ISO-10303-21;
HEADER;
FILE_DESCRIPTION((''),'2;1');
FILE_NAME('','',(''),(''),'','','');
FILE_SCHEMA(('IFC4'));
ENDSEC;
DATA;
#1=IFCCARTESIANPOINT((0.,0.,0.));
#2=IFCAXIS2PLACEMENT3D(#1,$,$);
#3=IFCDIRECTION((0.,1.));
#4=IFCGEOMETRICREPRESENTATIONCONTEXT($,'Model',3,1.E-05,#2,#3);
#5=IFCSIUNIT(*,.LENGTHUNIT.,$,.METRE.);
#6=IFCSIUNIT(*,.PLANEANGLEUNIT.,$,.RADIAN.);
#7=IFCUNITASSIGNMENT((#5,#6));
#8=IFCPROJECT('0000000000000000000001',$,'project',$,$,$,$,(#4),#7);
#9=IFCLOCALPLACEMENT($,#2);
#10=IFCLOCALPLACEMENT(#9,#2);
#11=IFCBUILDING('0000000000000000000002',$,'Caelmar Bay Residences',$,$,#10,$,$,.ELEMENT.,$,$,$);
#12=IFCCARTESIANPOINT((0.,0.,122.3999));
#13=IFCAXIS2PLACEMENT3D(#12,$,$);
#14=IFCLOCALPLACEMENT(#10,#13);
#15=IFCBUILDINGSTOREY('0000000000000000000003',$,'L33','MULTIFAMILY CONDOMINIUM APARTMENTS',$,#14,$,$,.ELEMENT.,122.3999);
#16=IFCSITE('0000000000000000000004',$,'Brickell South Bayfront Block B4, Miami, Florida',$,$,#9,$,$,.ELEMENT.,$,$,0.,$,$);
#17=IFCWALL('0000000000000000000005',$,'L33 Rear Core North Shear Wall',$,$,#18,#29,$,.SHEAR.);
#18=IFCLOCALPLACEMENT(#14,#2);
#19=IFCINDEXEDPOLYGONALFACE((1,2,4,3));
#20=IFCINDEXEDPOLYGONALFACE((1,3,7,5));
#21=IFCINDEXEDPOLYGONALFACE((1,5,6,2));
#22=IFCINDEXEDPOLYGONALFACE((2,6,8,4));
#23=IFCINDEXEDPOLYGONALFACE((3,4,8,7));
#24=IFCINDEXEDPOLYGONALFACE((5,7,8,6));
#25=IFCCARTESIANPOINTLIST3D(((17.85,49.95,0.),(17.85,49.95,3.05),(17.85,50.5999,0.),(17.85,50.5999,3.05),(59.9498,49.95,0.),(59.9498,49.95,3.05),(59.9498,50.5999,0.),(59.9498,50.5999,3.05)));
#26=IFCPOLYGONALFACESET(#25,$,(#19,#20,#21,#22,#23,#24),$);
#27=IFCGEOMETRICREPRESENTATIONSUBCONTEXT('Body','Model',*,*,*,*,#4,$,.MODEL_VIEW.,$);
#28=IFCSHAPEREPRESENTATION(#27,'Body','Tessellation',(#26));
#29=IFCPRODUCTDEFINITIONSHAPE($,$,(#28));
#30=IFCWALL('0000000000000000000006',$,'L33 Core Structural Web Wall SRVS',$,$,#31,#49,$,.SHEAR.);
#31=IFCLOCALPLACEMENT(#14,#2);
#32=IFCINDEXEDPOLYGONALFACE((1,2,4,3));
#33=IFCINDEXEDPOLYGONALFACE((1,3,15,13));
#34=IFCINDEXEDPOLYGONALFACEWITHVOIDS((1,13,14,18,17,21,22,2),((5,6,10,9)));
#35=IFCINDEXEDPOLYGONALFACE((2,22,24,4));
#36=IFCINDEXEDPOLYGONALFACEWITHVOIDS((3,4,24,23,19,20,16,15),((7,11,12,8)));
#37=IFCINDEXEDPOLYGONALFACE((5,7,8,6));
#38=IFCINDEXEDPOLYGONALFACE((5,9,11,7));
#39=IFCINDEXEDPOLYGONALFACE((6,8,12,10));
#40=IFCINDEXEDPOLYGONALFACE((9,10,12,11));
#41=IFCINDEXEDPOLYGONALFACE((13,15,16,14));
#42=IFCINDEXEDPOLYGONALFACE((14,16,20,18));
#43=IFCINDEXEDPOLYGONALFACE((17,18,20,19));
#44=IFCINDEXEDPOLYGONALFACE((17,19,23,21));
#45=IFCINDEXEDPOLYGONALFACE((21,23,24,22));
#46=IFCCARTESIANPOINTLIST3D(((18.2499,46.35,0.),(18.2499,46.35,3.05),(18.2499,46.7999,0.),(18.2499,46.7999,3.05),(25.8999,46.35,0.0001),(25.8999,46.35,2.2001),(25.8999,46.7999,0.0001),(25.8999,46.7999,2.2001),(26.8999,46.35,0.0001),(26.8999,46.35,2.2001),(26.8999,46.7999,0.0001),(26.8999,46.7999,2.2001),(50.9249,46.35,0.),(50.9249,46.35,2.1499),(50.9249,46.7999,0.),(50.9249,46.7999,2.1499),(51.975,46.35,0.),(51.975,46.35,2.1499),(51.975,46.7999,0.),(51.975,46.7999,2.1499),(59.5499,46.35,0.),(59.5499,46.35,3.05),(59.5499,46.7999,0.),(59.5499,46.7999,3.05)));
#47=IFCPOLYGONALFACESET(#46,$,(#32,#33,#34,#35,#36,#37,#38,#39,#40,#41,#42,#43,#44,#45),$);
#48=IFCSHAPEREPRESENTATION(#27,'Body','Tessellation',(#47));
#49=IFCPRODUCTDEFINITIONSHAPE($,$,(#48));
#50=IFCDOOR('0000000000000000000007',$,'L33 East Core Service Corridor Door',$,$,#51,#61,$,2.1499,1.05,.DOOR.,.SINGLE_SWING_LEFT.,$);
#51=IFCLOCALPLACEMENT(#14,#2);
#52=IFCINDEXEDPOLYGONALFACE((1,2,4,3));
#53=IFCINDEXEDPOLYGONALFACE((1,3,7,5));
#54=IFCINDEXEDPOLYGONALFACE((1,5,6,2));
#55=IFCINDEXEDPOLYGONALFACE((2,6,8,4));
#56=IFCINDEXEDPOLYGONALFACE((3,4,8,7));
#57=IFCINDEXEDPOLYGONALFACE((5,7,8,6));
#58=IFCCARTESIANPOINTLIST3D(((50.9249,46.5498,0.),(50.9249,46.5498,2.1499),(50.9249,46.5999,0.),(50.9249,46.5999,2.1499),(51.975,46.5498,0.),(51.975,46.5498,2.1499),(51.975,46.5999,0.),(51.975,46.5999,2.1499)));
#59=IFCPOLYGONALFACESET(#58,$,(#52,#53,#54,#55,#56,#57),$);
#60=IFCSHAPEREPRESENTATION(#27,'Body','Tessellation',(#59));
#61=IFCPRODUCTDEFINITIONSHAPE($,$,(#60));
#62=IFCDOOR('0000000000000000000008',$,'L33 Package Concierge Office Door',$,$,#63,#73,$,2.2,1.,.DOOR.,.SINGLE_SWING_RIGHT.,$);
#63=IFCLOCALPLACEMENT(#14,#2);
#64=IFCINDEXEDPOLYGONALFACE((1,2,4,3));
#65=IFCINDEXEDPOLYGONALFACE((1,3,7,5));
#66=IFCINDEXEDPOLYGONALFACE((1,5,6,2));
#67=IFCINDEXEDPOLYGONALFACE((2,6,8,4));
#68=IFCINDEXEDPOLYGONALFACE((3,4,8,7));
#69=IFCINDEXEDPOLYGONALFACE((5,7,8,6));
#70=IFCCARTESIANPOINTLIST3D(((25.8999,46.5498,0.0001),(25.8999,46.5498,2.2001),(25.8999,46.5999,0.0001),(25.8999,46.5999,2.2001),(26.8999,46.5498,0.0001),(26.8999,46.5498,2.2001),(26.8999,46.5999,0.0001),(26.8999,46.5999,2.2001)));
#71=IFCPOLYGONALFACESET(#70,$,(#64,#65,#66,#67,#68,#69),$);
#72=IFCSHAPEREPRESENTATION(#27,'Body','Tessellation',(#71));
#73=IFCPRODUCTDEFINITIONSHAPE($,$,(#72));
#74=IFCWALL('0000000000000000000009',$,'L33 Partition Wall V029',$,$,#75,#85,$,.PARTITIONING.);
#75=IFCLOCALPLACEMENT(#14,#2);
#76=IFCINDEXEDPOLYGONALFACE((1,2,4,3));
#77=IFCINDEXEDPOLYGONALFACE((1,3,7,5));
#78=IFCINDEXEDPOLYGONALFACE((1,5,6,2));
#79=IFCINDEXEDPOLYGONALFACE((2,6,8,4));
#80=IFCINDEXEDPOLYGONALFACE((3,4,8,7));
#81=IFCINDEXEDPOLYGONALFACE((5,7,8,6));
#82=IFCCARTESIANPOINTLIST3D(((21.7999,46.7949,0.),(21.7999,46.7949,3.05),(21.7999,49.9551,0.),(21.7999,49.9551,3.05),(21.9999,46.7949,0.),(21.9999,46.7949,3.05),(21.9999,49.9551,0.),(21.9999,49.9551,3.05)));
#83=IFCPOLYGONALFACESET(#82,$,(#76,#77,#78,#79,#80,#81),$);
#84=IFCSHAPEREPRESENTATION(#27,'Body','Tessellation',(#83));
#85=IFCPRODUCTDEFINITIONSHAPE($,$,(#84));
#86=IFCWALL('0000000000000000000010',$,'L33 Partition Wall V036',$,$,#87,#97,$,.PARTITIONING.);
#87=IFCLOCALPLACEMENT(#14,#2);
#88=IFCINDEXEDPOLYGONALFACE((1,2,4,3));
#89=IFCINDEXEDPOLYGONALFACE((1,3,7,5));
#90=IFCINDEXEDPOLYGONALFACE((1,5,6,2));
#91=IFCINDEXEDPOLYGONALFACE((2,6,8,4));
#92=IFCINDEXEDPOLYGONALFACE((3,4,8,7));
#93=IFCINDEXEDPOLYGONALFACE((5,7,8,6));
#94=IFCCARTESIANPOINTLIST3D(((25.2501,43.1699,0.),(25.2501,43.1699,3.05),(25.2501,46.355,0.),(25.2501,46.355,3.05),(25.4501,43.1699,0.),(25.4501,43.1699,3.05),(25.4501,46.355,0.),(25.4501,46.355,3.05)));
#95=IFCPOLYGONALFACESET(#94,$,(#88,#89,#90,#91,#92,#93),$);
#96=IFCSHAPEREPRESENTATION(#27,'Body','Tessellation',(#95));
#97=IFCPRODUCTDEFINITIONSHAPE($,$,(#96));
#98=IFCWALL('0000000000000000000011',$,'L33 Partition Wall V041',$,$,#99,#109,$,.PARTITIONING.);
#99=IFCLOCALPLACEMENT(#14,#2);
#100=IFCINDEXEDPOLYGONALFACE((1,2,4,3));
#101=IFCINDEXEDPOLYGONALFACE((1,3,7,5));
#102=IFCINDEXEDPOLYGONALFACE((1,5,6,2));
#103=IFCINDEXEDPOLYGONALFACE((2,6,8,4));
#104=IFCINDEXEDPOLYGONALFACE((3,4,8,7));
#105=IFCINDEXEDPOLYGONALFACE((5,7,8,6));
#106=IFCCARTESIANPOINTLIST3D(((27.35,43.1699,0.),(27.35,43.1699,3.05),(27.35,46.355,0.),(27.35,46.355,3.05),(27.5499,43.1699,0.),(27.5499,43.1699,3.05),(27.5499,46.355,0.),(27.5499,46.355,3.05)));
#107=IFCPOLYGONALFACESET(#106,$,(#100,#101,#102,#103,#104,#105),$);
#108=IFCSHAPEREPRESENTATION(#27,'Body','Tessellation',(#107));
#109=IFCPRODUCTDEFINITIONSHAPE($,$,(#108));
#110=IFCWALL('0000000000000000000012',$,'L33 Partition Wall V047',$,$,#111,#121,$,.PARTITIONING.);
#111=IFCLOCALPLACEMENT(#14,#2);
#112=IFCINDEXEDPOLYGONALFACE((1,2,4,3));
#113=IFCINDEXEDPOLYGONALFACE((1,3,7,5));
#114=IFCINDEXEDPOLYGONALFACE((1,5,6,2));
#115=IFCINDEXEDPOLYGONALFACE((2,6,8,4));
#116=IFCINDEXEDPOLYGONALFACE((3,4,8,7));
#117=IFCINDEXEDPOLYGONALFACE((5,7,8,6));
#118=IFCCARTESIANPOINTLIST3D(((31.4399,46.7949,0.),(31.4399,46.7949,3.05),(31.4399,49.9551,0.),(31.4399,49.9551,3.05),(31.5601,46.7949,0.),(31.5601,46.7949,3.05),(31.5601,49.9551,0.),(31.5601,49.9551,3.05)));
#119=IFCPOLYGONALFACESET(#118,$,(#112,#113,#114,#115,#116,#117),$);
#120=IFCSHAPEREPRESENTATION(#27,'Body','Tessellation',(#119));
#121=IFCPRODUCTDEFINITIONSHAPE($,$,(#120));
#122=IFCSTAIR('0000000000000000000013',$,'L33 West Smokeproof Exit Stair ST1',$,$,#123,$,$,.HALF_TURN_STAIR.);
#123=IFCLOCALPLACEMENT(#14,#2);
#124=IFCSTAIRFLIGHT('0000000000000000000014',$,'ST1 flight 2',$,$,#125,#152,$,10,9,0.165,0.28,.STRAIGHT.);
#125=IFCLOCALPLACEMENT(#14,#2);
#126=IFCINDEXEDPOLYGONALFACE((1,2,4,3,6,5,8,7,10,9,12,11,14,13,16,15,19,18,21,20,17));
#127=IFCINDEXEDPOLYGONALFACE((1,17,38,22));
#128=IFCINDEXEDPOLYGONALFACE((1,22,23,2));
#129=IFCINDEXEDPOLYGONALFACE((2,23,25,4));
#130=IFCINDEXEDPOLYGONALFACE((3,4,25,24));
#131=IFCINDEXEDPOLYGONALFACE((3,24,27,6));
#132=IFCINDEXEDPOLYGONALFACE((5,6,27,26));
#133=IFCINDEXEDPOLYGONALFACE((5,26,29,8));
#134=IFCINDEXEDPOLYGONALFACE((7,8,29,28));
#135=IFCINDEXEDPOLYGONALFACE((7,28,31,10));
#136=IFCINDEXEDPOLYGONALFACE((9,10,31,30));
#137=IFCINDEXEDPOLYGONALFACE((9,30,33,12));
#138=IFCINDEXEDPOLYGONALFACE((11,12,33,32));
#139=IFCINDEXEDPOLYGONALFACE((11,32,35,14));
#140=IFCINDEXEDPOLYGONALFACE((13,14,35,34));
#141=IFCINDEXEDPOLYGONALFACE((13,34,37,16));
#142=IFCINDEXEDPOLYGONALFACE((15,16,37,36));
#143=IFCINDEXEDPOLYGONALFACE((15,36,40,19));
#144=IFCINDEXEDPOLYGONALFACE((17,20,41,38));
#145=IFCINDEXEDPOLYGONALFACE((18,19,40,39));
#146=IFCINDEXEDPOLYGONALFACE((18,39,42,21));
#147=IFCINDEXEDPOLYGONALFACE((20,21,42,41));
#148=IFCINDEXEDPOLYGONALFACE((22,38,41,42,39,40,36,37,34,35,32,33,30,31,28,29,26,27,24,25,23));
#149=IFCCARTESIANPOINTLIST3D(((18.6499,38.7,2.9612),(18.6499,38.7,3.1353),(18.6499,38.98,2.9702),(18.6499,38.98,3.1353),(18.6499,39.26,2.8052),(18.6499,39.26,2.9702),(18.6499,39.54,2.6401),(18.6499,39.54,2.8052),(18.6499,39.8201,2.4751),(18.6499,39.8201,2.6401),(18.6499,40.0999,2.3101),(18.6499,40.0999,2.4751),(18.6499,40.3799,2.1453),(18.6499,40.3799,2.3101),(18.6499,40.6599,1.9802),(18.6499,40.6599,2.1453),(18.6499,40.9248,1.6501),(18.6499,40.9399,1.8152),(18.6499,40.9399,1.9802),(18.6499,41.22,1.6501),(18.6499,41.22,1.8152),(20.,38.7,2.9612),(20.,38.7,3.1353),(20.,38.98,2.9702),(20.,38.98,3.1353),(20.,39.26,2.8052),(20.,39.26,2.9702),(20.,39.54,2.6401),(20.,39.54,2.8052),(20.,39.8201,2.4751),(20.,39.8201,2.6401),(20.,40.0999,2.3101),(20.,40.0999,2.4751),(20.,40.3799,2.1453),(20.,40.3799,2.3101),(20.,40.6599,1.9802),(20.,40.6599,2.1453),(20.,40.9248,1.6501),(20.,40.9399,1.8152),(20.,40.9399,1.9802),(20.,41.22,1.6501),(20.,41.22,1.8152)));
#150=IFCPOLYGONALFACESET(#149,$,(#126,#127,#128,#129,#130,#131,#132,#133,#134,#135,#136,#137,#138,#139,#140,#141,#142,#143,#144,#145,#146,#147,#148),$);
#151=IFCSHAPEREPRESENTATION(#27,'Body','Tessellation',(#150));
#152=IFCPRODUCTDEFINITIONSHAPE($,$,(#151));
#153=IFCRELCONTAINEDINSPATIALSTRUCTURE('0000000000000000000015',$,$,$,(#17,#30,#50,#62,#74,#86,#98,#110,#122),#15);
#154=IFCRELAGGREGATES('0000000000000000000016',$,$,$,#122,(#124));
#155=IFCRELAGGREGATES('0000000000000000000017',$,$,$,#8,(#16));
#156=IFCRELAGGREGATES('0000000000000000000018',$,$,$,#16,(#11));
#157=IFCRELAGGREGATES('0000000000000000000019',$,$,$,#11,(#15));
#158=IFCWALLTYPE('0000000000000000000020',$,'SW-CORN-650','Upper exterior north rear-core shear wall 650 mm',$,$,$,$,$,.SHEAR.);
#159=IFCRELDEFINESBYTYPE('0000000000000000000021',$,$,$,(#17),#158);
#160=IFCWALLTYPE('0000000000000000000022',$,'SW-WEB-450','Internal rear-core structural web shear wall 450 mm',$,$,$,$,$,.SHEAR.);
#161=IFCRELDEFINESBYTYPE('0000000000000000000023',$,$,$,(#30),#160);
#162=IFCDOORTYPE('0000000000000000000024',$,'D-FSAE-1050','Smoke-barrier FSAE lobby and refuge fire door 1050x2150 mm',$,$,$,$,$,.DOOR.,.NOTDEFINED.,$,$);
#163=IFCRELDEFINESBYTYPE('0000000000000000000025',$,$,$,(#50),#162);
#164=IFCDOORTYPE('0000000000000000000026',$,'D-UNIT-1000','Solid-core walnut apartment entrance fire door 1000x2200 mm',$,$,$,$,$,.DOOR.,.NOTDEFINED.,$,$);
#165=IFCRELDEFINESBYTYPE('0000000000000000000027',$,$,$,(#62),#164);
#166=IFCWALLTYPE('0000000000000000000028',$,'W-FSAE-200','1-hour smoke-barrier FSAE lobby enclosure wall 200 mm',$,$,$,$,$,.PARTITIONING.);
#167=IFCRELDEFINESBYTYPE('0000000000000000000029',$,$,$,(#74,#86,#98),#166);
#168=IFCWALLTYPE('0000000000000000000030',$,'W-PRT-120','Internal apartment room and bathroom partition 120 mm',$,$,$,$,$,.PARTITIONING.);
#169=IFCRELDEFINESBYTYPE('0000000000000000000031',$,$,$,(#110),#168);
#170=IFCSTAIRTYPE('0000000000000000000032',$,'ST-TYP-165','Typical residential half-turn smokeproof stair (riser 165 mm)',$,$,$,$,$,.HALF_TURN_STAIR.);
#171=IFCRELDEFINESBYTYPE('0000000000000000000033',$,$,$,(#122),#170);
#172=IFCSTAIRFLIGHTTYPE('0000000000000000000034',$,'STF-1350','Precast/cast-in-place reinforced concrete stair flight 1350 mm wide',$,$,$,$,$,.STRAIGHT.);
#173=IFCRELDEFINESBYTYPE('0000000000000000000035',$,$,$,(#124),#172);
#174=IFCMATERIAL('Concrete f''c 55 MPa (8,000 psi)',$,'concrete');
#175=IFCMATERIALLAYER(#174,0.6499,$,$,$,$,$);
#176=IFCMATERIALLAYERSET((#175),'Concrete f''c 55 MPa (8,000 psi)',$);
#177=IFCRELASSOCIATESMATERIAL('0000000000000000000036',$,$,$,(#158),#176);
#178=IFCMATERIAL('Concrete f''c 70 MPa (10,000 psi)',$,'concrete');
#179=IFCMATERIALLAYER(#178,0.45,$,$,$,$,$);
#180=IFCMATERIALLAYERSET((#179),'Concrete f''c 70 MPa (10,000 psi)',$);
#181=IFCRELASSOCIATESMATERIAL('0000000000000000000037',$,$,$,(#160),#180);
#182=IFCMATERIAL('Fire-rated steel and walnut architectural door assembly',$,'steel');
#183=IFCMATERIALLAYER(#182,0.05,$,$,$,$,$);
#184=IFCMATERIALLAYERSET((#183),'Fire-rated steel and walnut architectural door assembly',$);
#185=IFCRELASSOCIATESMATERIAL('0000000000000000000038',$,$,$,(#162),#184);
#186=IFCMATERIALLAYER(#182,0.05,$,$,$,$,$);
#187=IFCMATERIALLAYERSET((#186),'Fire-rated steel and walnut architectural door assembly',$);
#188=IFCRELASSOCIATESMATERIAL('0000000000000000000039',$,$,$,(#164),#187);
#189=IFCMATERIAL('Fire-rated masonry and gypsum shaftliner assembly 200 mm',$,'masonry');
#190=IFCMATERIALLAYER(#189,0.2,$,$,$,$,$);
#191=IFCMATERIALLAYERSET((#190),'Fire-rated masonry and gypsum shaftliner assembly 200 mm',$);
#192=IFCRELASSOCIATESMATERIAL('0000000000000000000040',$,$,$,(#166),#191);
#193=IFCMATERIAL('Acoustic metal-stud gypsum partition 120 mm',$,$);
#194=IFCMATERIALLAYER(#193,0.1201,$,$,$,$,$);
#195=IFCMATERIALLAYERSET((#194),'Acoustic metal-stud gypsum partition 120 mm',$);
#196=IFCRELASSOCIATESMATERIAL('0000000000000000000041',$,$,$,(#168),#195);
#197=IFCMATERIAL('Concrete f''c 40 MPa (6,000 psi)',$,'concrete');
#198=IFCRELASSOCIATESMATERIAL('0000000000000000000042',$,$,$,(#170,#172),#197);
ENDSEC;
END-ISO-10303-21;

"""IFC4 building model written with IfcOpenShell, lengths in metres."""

from ifc_helpers import new_model, si_unit, direction, frame, frame_2d, origin, place, context, subcontext, project, spatial, polyline, rectangle, outline, extrude, material, layer, layer_set, type_object, element, fill, aggregate, save


model = new_model("IFC4")

# Units and contexts
model_context = context("Model", 3, precision=1e-05, world=origin(), true_north=direction((0.0, 1.0)))
body_context = subcontext(model_context, "Body", "Model", "MODEL_VIEW")
ifc_project = project(units=[si_unit("LENGTHUNIT", "METRE"), si_unit("PLANEANGLEUNIT", "RADIAN")], contexts=[model_context])

# Site, building, storey
site_placement = place(None, origin())
site = spatial("IfcSite", under=ifc_project, at=site_placement, Name="Brickell South Bayfront Block B4, Miami, Florida", CompositionType="ELEMENT", RefElevation=0.0)
building_placement = place(site_placement, origin())
building = spatial("IfcBuilding", under=site, at=building_placement, Name="Caelmar Bay Residences", CompositionType="ELEMENT")
storey_placement = place(building_placement, frame((0.0, 0.0, 122.3999)))
storey = spatial("IfcBuildingStorey", under=building, at=storey_placement, Name="L33", Description="MULTIFAMILY CONDOMINIUM APARTMENTS", CompositionType="ELEMENT", Elevation=122.3999)

# Wall
ifc_material_1 = material(Name="Concrete f'c 55 MPa (8,000 psi)", Category="concrete")
ifc_layer_1 = layer(ifc_material_1, 0.6499)
ifc_layer_set_1 = layer_set([ifc_layer_1], Name="Concrete f'c 55 MPa (8,000 psi)")
wall_type_1 = type_object("IfcWallType", Name="SW-CORN-650", Description="Upper exterior north rear-core shear wall 650 mm", PredefinedType="SHEAR", material=ifc_layer_set_1)
wall_1_placement = place(storey_placement, frame((17.8501, 50.2749, 0.0), z_axis=(0.0, 0.0, 1.0), x_axis=(1.0, 0.0, 0.0)))
element("IfcWall", 1, at=wall_1_placement, inside=storey, type_object=wall_type_1, Name="L33 Rear Core North Shear Wall", PredefinedType="SHEAR", context=body_context, shape_type="SweptSolid", body=[
    extrude(rectangle(XDim=42.0999, YDim=0.6499, at=frame_2d((21.0498, 0.0))), origin(), (0.0, 0.0, 1.0), 3.05),
])

# Wall, openings, doors
ifc_material_2 = material(Name="Concrete f'c 70 MPa (10,000 psi)", Category="concrete")
ifc_layer_2 = layer(ifc_material_2, 0.45)
ifc_layer_set_2 = layer_set([ifc_layer_2], Name="Concrete f'c 70 MPa (10,000 psi)")
wall_type_2 = type_object("IfcWallType", Name="SW-WEB-450", Description="Internal rear-core structural web shear wall 450 mm", PredefinedType="SHEAR", material=ifc_layer_set_2)
ifc_material_3 = material(Name="Fire-rated steel and walnut architectural door assembly", Category="steel")
ifc_layer_3 = layer(ifc_material_3, 0.05)
ifc_layer_set_3 = layer_set([ifc_layer_3], Name="Fire-rated steel and walnut architectural door assembly")
door_type_1 = type_object("IfcDoorType", Name="D-FSAE-1050", Description="Smoke-barrier FSAE lobby and refuge fire door 1050x2150 mm", OperationType="NOTDEFINED", PredefinedType="DOOR", material=ifc_layer_set_3)
ifc_layer_4 = layer(ifc_material_3, 0.05)
ifc_layer_set_4 = layer_set([ifc_layer_4], Name="Fire-rated steel and walnut architectural door assembly")
door_type_2 = type_object("IfcDoorType", Name="D-UNIT-1000", Description="Solid-core walnut apartment entrance fire door 1000x2200 mm", OperationType="NOTDEFINED", PredefinedType="DOOR", material=ifc_layer_set_4)
wall_2_placement = place(storey_placement, frame((18.25, 46.575, 0.0), z_axis=(0.0, 0.0, 1.0), x_axis=(1.0, 0.0, 0.0)))
wall_2 = element("IfcWall", 2, at=wall_2_placement, inside=storey, type_object=wall_type_2, Name="L33 Core Structural Web Wall SRVS", PredefinedType="SHEAR", context=body_context, shape_type="SweptSolid", body=[
    extrude(rectangle(XDim=41.3, YDim=0.45, at=frame_2d((20.6499, 0.0))), origin(), (0.0, 0.0, 1.0), 3.05),
])
opening_1_placement = place(wall_2_placement, frame((7.6499, 0.0, 0.0)))
opening_1 = element("IfcOpeningElement", 3, at=opening_1_placement, cuts=wall_2, PredefinedType="OPENING", context=body_context, shape_type="SweptSolid", body=[
    extrude(rectangle(XDim=1.0, YDim=2.2, at=frame_2d((0.5, 1.1001))), frame((0.0, 0.2349, 0.0), z_axis=(0.0, -1.0, 0.0), x_axis=(1.0, 0.0, 0.0)), (0.0, 0.0, 1.0), 0.47),
])
opening_2_placement = place(wall_2_placement, frame((32.675, 0.0, 0.0)))
opening_2 = element("IfcOpeningElement", 4, at=opening_2_placement, cuts=wall_2, PredefinedType="OPENING", context=body_context, shape_type="SweptSolid", body=[
    extrude(rectangle(XDim=1.05, YDim=2.1499, at=frame_2d((0.5249, 1.075))), frame((0.0, 0.2349, 0.0), z_axis=(0.0, -1.0, 0.0), x_axis=(1.0, 0.0, 0.0)), (0.0, 0.0, 1.0), 0.47),
])
door_1_placement = place(opening_2_placement, origin())
door_1 = element("IfcDoor", 5, at=door_1_placement, inside=storey, type_object=door_type_1, Name="L33 East Core Service Corridor Door", OperationType="SINGLE_SWING_LEFT", OverallHeight=2.1499, OverallWidth=1.05, PredefinedType="DOOR", context=body_context, shape_type="SweptSolid", body=[
    extrude(rectangle(XDim=1.05, YDim=2.1499, at=frame_2d((0.5249, 1.075))), frame((0.0, 0.0249, 0.0), z_axis=(0.0, -1.0, 0.0), x_axis=(1.0, 0.0, 0.0)), (0.0, 0.0, 1.0), 0.05),
])
fill(opening_2, door_1)
door_2_placement = place(opening_1_placement, origin())
door_2 = element("IfcDoor", 6, at=door_2_placement, inside=storey, type_object=door_type_2, Name="L33 Package Concierge Office Door", OperationType="SINGLE_SWING_RIGHT", OverallHeight=2.2, OverallWidth=1.0, PredefinedType="DOOR", context=body_context, shape_type="SweptSolid", body=[
    extrude(rectangle(XDim=1.0, YDim=2.2, at=frame_2d((0.5, 1.1001))), frame((0.0, 0.0249, 0.0), z_axis=(0.0, -1.0, 0.0), x_axis=(1.0, 0.0, 0.0)), (0.0, 0.0, 1.0), 0.05),
])
fill(opening_1, door_2)

# Walls
ifc_material_4 = material(Name="Fire-rated masonry and gypsum shaftliner assembly 200 mm", Category="masonry")
ifc_layer_5 = layer(ifc_material_4, 0.2)
ifc_layer_set_5 = layer_set([ifc_layer_5], Name="Fire-rated masonry and gypsum shaftliner assembly 200 mm")
wall_type_3 = type_object("IfcWallType", Name="W-FSAE-200", Description="1-hour smoke-barrier FSAE lobby enclosure wall 200 mm", PredefinedType="PARTITIONING", material=ifc_layer_set_5)
wall_3_placement = place(storey_placement, frame((21.8999, 46.7949, 0.0), z_axis=(0.0, 0.0, 1.0), x_axis=(0.0, 1.0, 0.0)))
element("IfcWall", 7, at=wall_3_placement, inside=storey, type_object=wall_type_3, Name="L33 Partition Wall V029", PredefinedType="PARTITIONING", context=body_context, shape_type="SweptSolid", body=[
    extrude(rectangle(XDim=3.1602, YDim=0.2, at=frame_2d((1.5801, 0.0))), origin(), (0.0, 0.0, 1.0), 3.05),
])
for number, where, z_axis, x_axis, name in (
    (8, (25.3501, 43.1699, 0.0), (0.0, 0.0, 1.0), (0.0, 1.0, 0.0), "L33 Partition Wall V036"),
    (9, (27.45, 43.1699, 0.0), (0.0, 0.0, 1.0), (0.0, 1.0, 0.0), "L33 Partition Wall V041"),
):
    element("IfcWall", number, at=place(storey_placement, frame(where, z_axis=z_axis, x_axis=x_axis)), inside=storey, type_object=wall_type_3, Name=name, PredefinedType="PARTITIONING", context=body_context, shape_type="SweptSolid", body=[
        extrude(rectangle(XDim=3.1851, YDim=0.2, at=frame_2d((1.5925, 0.0))), origin(), (0.0, 0.0, 1.0), 3.05),
    ])
ifc_material_5 = material(Name="Acoustic metal-stud gypsum partition 120 mm")
ifc_layer_6 = layer(ifc_material_5, 0.1201)
ifc_layer_set_6 = layer_set([ifc_layer_6], Name="Acoustic metal-stud gypsum partition 120 mm")
wall_type_4 = type_object("IfcWallType", Name="W-PRT-120", Description="Internal apartment room and bathroom partition 120 mm", PredefinedType="PARTITIONING", material=ifc_layer_set_6)
wall_4_placement = place(storey_placement, frame((31.5, 46.7949, 0.0), z_axis=(0.0, 0.0, 1.0), x_axis=(0.0, 1.0, 0.0)))
element("IfcWall", 10, at=wall_4_placement, inside=storey, type_object=wall_type_4, Name="L33 Partition Wall V047", PredefinedType="PARTITIONING", context=body_context, shape_type="SweptSolid", body=[
    extrude(rectangle(XDim=3.1602, YDim=0.1201, at=frame_2d((1.5801, 0.0))), origin(), (0.0, 0.0, 1.0), 3.05),
])

# Stair, stair flight
ifc_material_6 = material(Name="Concrete f'c 40 MPa (6,000 psi)", Category="concrete")
stair_type = type_object("IfcStairType", Name="ST-TYP-165", Description="Typical residential half-turn smokeproof stair (riser 165 mm)", PredefinedType="HALF_TURN_STAIR", material=ifc_material_6)
stair_1_placement = place(storey_placement, origin())
stair_1 = element("IfcStair", 11, at=stair_1_placement, inside=storey, type_object=stair_type, Name="L33 West Smokeproof Exit Stair ST1", PredefinedType="HALF_TURN_STAIR")
stair_flight_type = type_object("IfcStairFlightType", Name="STF-1350", Description="Precast/cast-in-place reinforced concrete stair flight 1350 mm wide", PredefinedType="STRAIGHT", material=ifc_material_6)
stair_flight_1_placement = place(storey_placement, frame((19.325, 41.22, 1.6501), z_axis=(0.0, 0.0, 1.0), x_axis=(0.0, -1.0, 0.0)))
stair_flight_1 = element("IfcStairFlight", 12, at=stair_flight_1_placement, type_object=stair_flight_type, Name="ST1 flight 2", NumberOfRisers=10, NumberOfTreads=9, PredefinedType="STRAIGHT", RiserHeight=0.165, TreadLength=0.28, context=body_context, shape_type="SweptSolid", body=[
    extrude(outline(polyline([(0.0, 0.0), (0.0, 0.165), (0.28, 0.165), (0.28, 0.3301), (0.5601, 0.3301), (0.5601, 0.4951), (0.8401, 0.4951), (0.8401, 0.6599), (1.1201, 0.6599), (1.1201, 0.825), (1.3999, 0.825), (1.3999, 0.99), (1.6799, 0.99), (1.6799, 1.155), (1.96, 1.155), (1.96, 1.3201), (2.24, 1.3201), (2.24, 1.4851), (2.52, 1.4851), (2.52, 1.6499), (2.52, 1.311), (0.2952, 0.0), (0.0, 0.0)])), frame((0.0, 0.675, 0.0), z_axis=(0.0, -1.0, 0.0), x_axis=(1.0, 0.0, 0.0)), (0.0, 0.0, 1.0), 1.3501),
])
aggregate(stair_1, [stair_flight_1])

save(model, "model.ifc")
